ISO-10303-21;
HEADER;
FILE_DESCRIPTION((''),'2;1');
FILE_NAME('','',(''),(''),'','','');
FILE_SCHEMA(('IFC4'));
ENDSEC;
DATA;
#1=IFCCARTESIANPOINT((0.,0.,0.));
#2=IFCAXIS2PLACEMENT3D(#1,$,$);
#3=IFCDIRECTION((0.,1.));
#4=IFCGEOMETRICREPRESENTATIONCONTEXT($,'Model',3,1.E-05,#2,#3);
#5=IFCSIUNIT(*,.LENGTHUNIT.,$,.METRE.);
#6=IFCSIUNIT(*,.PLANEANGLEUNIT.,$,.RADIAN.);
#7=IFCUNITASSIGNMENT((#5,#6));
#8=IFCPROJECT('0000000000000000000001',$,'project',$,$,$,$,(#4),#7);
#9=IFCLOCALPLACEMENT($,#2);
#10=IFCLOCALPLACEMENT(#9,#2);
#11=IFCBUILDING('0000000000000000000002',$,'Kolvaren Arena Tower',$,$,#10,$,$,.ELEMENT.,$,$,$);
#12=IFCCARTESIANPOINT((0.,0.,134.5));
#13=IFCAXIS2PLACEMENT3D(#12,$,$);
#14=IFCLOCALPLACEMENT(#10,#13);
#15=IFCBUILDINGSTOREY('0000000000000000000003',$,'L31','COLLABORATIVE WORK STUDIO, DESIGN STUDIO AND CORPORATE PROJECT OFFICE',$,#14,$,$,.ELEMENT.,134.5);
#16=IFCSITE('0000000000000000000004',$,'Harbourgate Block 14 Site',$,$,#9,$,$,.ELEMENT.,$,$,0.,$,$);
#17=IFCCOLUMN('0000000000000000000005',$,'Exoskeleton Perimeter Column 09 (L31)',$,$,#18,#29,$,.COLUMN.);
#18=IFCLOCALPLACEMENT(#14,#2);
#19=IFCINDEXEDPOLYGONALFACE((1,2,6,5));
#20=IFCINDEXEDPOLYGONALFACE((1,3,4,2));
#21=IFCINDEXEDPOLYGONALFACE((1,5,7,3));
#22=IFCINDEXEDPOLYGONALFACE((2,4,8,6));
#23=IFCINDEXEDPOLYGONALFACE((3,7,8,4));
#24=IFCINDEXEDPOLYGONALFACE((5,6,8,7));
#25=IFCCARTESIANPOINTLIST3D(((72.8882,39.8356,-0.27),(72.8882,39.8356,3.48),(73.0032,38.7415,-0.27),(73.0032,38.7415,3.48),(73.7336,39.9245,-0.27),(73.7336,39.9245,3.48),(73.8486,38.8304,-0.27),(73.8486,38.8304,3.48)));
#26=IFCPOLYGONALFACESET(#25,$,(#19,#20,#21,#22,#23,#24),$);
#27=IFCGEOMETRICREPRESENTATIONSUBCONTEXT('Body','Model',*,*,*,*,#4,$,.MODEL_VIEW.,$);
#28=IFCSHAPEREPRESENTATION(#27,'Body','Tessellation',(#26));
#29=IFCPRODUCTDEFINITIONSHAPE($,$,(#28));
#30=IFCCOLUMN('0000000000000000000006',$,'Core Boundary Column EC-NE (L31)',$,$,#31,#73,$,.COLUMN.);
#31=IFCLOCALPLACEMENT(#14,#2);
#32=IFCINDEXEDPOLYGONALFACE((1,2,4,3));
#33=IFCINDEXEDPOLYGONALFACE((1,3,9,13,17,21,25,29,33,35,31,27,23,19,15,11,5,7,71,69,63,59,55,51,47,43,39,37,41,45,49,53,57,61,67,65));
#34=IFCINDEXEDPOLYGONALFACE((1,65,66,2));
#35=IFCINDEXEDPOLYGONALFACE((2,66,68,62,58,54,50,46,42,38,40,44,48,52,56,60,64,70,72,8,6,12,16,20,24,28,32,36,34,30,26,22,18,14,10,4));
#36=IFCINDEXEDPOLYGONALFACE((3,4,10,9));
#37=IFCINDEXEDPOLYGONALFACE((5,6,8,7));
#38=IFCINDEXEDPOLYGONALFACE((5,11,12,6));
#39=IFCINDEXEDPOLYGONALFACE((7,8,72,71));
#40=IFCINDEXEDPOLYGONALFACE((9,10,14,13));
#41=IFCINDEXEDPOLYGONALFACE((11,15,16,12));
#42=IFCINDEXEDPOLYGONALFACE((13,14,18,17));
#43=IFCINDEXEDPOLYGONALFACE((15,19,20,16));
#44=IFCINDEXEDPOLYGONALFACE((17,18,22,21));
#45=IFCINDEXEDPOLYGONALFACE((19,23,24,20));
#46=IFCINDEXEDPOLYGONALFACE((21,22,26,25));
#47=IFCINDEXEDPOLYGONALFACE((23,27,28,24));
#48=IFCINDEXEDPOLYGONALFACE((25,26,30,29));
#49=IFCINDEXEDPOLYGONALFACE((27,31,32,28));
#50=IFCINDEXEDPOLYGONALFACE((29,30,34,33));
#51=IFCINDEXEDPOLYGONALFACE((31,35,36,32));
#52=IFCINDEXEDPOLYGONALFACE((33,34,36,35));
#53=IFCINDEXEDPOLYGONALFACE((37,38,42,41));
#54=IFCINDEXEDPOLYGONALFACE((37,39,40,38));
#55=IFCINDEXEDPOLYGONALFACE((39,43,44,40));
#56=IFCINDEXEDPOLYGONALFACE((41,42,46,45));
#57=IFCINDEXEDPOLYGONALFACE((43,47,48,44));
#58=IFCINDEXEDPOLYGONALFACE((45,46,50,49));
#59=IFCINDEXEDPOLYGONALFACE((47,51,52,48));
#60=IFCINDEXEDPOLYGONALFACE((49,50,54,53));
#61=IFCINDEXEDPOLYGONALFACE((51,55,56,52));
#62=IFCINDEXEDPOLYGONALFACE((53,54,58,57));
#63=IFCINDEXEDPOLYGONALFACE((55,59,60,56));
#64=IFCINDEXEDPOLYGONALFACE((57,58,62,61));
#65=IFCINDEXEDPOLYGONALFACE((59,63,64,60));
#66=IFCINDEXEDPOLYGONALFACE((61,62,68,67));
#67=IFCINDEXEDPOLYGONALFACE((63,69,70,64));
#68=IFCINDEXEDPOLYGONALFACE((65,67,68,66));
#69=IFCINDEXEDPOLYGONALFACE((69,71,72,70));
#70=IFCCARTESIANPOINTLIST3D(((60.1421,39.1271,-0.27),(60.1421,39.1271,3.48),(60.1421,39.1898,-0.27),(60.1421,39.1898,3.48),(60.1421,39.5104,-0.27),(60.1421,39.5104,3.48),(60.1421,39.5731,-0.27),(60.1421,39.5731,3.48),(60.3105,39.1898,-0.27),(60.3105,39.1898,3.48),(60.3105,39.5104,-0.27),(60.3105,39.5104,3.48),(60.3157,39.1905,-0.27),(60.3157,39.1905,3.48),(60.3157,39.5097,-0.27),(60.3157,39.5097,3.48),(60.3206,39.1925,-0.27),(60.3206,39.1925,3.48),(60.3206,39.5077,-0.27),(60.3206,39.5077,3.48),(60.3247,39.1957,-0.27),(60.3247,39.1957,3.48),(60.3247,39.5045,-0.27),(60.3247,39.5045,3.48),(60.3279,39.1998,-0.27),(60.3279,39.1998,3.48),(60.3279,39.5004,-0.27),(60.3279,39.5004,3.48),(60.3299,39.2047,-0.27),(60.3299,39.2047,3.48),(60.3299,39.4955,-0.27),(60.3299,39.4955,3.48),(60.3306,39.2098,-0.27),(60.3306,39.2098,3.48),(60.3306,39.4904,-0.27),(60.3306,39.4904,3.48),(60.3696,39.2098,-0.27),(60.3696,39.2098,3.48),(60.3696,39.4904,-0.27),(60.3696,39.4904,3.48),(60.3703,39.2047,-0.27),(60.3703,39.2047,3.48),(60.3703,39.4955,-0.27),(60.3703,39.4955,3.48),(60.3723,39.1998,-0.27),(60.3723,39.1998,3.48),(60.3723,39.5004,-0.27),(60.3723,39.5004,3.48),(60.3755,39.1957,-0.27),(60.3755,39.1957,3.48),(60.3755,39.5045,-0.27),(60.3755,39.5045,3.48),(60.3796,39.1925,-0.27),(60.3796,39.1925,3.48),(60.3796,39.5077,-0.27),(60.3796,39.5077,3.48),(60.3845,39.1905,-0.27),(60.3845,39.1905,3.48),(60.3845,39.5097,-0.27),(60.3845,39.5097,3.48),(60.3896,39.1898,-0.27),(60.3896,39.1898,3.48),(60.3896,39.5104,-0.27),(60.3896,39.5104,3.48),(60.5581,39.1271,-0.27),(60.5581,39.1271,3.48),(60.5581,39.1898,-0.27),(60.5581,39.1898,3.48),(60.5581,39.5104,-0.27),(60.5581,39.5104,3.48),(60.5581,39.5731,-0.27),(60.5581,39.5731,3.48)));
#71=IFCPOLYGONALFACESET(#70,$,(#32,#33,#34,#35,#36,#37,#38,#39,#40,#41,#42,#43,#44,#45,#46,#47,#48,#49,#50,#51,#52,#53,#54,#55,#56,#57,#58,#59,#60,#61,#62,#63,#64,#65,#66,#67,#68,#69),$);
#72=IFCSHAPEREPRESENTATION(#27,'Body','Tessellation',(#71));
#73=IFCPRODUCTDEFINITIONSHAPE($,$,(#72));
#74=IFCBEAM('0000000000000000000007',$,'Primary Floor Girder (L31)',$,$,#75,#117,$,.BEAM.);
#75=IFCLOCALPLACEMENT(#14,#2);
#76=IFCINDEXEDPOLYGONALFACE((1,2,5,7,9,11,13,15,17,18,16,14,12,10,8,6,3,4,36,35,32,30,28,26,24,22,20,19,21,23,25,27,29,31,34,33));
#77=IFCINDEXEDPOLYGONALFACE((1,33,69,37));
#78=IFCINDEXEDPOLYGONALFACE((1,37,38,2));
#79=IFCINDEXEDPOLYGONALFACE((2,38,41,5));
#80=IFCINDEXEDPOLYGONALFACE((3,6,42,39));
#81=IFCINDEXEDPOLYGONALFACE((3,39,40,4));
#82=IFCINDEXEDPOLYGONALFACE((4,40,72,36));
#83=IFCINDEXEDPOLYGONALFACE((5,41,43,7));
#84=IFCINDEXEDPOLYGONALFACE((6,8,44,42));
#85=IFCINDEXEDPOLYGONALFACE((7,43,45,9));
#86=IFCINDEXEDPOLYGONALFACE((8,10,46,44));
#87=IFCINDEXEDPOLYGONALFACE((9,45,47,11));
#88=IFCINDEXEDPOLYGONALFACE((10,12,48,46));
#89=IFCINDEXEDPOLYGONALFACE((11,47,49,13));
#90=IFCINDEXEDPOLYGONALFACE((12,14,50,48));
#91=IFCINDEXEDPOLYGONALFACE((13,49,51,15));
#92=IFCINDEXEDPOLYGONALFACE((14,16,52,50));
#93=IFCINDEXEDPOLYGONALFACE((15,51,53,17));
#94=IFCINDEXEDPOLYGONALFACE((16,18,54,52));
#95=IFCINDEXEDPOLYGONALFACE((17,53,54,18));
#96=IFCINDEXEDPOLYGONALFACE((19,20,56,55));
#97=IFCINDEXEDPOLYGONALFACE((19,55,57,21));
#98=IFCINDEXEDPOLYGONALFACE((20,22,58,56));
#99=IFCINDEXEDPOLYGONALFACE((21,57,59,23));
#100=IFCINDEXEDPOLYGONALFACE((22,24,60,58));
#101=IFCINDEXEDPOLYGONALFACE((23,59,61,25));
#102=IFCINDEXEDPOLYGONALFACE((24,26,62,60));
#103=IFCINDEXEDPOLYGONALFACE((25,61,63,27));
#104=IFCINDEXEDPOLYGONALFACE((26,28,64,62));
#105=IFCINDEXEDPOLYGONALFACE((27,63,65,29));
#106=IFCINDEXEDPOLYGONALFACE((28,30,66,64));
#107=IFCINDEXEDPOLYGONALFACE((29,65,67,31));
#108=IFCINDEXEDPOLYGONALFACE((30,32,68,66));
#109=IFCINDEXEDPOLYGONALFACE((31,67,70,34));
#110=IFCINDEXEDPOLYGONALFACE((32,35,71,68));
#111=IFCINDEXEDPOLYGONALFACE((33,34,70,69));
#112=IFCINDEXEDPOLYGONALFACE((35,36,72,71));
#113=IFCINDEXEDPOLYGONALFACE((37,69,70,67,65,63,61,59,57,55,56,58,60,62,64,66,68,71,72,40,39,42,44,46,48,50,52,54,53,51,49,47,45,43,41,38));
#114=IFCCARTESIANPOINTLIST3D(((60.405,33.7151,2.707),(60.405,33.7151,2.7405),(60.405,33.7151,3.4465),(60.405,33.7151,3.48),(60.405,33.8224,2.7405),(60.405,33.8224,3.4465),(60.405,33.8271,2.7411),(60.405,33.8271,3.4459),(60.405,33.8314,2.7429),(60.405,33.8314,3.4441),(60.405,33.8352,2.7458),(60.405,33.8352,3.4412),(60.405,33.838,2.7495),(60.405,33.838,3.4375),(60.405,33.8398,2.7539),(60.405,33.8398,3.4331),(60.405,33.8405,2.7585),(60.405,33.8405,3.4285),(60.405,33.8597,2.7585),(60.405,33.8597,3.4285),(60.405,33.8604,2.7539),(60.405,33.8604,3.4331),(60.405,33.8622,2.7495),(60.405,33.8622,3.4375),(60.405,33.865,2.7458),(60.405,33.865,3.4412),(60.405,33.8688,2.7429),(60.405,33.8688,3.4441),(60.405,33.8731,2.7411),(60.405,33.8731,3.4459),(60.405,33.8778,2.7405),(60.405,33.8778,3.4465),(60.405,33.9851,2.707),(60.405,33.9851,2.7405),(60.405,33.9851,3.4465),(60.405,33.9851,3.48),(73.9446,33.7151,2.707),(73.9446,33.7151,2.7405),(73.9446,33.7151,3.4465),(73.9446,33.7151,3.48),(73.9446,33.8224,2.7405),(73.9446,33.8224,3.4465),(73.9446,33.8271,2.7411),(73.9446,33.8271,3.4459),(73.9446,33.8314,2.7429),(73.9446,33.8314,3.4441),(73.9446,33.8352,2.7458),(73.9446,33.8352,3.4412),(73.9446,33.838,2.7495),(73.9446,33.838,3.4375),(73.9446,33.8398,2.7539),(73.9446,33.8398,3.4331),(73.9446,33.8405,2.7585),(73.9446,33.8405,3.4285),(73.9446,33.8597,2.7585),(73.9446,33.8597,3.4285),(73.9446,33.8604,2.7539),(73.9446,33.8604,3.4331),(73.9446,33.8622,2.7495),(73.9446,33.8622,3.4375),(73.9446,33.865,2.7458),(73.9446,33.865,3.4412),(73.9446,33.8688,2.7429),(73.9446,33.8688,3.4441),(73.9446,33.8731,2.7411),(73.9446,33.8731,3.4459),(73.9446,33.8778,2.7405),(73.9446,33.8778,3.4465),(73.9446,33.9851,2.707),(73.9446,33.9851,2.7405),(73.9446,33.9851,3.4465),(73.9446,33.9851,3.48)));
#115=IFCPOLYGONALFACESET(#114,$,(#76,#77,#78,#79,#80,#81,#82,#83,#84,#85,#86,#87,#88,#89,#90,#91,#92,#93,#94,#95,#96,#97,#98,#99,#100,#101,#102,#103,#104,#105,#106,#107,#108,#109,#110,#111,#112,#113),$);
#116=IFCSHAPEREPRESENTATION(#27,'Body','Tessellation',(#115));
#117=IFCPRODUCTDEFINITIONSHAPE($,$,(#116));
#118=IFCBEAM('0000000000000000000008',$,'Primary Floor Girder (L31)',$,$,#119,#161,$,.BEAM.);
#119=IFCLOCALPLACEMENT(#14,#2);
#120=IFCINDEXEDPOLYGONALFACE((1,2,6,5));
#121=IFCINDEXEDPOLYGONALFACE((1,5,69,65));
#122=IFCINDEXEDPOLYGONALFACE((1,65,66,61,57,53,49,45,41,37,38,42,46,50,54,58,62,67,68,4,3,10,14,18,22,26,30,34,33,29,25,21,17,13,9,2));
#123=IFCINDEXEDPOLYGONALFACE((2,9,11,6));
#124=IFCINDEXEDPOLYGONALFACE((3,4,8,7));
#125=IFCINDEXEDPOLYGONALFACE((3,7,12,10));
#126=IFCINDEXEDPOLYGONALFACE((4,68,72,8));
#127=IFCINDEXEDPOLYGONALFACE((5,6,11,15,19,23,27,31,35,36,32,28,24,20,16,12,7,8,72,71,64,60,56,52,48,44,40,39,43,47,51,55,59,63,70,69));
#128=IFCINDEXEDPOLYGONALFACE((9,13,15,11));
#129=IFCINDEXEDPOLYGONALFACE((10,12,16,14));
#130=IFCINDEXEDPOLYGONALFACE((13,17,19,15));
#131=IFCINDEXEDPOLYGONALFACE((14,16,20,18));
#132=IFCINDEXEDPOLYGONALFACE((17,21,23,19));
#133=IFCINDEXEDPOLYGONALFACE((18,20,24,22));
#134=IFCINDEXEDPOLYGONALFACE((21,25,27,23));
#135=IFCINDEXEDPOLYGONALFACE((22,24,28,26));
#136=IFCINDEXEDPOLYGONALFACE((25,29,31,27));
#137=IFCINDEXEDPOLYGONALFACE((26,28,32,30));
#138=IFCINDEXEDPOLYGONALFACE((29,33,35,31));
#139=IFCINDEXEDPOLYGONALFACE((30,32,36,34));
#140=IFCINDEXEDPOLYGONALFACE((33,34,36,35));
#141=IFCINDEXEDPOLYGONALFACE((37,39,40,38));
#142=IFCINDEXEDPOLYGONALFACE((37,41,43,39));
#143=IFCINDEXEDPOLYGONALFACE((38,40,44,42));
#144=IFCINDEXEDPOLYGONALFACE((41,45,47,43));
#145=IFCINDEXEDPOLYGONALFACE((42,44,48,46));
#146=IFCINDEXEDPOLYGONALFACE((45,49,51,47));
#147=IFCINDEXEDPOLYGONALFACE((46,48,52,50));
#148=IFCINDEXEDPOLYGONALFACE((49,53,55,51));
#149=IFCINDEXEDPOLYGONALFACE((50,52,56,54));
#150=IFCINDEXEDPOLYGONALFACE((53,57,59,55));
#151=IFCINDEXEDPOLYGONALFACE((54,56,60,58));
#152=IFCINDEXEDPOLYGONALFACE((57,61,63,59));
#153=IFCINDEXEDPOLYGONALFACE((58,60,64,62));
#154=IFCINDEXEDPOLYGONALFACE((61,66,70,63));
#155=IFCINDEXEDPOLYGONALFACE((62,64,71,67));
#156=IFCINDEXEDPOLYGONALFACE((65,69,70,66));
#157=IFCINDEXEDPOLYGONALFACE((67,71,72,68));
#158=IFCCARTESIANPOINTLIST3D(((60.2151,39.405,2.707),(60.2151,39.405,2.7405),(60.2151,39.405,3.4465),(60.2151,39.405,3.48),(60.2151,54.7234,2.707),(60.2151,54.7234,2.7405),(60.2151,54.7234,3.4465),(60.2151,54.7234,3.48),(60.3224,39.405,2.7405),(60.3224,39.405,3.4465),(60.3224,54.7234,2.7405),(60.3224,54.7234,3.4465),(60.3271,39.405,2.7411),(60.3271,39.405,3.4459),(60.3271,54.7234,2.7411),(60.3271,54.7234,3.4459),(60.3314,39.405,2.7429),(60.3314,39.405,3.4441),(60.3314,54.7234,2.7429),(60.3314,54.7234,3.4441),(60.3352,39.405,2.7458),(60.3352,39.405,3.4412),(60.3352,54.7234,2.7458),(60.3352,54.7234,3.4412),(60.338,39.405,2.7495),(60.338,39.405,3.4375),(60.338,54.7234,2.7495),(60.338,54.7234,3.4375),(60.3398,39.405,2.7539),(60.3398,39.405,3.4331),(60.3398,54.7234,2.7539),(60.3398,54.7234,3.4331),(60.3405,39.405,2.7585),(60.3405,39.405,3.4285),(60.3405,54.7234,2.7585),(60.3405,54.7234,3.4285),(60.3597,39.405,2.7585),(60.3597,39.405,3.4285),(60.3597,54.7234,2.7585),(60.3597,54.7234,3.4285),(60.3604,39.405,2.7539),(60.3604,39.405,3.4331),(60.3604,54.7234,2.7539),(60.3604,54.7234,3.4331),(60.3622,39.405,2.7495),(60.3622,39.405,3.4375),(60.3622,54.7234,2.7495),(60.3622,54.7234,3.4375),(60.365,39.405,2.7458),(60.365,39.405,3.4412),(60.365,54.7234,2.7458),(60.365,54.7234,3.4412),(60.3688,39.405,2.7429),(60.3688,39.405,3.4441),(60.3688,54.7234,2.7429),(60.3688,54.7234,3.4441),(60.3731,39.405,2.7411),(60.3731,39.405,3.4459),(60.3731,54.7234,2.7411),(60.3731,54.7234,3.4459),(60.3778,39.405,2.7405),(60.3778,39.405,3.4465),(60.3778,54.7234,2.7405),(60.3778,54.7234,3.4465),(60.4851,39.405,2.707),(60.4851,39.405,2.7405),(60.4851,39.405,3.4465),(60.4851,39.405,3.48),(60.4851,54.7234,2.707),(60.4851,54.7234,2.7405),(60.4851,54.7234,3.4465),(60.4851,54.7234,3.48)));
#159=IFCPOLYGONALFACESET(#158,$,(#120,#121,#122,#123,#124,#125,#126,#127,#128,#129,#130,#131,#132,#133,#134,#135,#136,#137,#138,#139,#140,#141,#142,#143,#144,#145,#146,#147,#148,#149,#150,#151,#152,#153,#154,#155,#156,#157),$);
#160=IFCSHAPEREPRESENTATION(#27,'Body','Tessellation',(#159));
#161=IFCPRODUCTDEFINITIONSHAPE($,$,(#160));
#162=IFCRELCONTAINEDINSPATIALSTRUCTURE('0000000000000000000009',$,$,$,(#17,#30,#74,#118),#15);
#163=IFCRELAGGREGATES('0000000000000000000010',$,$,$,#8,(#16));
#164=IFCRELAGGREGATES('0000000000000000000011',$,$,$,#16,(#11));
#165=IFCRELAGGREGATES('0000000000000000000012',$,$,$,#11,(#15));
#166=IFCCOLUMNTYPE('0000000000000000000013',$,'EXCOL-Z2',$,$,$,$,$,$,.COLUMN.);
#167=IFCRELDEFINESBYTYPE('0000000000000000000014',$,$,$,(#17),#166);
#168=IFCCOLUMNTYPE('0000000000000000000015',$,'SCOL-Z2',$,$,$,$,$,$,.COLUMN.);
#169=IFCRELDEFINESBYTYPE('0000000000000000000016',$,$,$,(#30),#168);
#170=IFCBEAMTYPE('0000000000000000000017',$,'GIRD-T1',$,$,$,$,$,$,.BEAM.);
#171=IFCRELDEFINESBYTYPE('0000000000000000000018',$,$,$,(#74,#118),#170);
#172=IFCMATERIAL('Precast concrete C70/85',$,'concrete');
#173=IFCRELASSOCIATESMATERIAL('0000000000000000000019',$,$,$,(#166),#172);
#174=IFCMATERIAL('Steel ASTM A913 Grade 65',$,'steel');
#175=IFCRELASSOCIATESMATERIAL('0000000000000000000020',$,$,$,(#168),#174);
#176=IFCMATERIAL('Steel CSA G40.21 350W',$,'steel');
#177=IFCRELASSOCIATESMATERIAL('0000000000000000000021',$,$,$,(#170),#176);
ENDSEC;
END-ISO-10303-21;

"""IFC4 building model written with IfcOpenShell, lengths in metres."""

from ifc_helpers import new_model, si_unit, direction, frame, origin, origin_2d, place, context, subcontext, project, spatial, rectangle, i_section, extrude, material, material_profile, profile_set, type_object, element, save


model = new_model("IFC4")

# Units and contexts
model_context = context("Model", 3, precision=1e-05, world=origin(), true_north=direction((0.0, 1.0)))
body_context = subcontext(model_context, "Body", "Model", "MODEL_VIEW")
ifc_project = project(units=[si_unit("LENGTHUNIT", "METRE"), si_unit("PLANEANGLEUNIT", "RADIAN")], contexts=[model_context])

# Site, building, storey
site_placement = place(None, origin())
site = spatial("IfcSite", under=ifc_project, at=site_placement, Name="Harbourgate Block 14 Site", CompositionType="ELEMENT", RefElevation=0.0)
building_placement = place(site_placement, origin())
building = spatial("IfcBuilding", under=site, at=building_placement, Name="Kolvaren Arena Tower", CompositionType="ELEMENT")
storey_placement = place(building_placement, frame((0.0, 0.0, 134.5)))
storey = spatial("IfcBuildingStorey", under=building, at=storey_placement, Name="L31", Description="COLLABORATIVE WORK STUDIO, DESIGN STUDIO AND CORPORATE PROJECT OFFICE", CompositionType="ELEMENT", Elevation=134.5)

# Columns
ifc_material_1 = material(Name="Precast concrete C70/85", Category="concrete")
ifc_material_profile_1 = material_profile(ifc_material_1, rectangle(XDim=1.1001, YDim=0.8501, at=origin_2d()), Name="RC-1100x850")
ifc_profile_set_1 = profile_set([ifc_material_profile_1], Name="Precast concrete C70/85")
column_type_1 = type_object("IfcColumnType", Name="EXCOL-Z2", PredefinedType="COLUMN", material=ifc_profile_set_1)
column_1_placement = place(storey_placement, frame((73.3684, 39.333, -0.27), z_axis=(0.0, 0.0, 1.0), x_axis=(-0.104528, 0.994522, 0.0)))
element("IfcColumn", 1, at=column_1_placement, inside=storey, type_object=column_type_1, Name="Exoskeleton Perimeter Column 09 (L31)", PredefinedType="COLUMN", context=body_context, shape_type="SweptSolid", body=[
    extrude(rectangle(XDim=1.1001, YDim=0.8501, at=origin_2d()), origin(), (0.0, 0.0, 1.0), 3.75),
])
ifc_material_2 = material(Name="Steel ASTM A913 Grade 65", Category="steel")
ifc_material_profile_2 = material_profile(ifc_material_2, i_section(OverallWidth=0.416, OverallDepth=0.446, WebThickness=0.0391, FlangeThickness=0.0627, FilletRadius=0.02, at=origin_2d()), Name="W360x509")
ifc_profile_set_2 = profile_set([ifc_material_profile_2], Name="Steel ASTM A913 Grade 65")
column_type_2 = type_object("IfcColumnType", Name="SCOL-Z2", PredefinedType="COLUMN", material=ifc_profile_set_2)
column_2_placement = place(storey_placement, frame((60.3501, 39.3501, -0.27), z_axis=(0.0, 0.0, 1.0), x_axis=(1.0, 0.0, 0.0)))
element("IfcColumn", 2, at=column_2_placement, inside=storey, type_object=column_type_2, Name="Core Boundary Column EC-NE (L31)", PredefinedType="COLUMN", context=body_context, shape_type="SweptSolid", body=[
    extrude(i_section(OverallWidth=0.416, OverallDepth=0.446, WebThickness=0.0391, FlangeThickness=0.0627, FilletRadius=0.02, at=origin_2d()), origin(), (0.0, 0.0, 1.0), 3.75),
])

# Beams
ifc_material_3 = material(Name="Steel CSA G40.21 350W", Category="steel")
ifc_material_profile_3 = material_profile(ifc_material_3, i_section(OverallWidth=0.27, OverallDepth=0.7729, WebThickness=0.0193, FlangeThickness=0.0334, FilletRadius=0.0181, at=origin_2d()), Name="W760x257")
ifc_profile_set_3 = profile_set([ifc_material_profile_3], Name="Steel CSA G40.21 350W")
beam_type_1 = type_object("IfcBeamType", Name="GIRD-T1", PredefinedType="BEAM", material=ifc_profile_set_3)
beam_1_placement = place(storey_placement, frame((60.405, 33.8501, 3.0935), z_axis=(1.0, 0.0, 0.0), x_axis=(0.0, 1.0, 0.0)))
element("IfcBeam", 3, at=beam_1_placement, inside=storey, type_object=beam_type_1, Name="Primary Floor Girder (L31)", PredefinedType="BEAM", context=body_context, shape_type="SweptSolid", body=[
    extrude(i_section(OverallWidth=0.27, OverallDepth=0.7729, WebThickness=0.0193, FlangeThickness=0.0334, FilletRadius=0.0181, at=origin_2d()), origin(), (0.0, 0.0, 1.0), 13.5396),
])
beam_2_placement = place(storey_placement, frame((60.3501, 39.405, 3.0935), z_axis=(0.0, 1.0, 0.0), x_axis=(-1.0, 0.0, 0.0)))
element("IfcBeam", 4, at=beam_2_placement, inside=storey, type_object=beam_type_1, Name="Primary Floor Girder (L31)", PredefinedType="BEAM", context=body_context, shape_type="SweptSolid", body=[
    extrude(i_section(OverallWidth=0.27, OverallDepth=0.7729, WebThickness=0.0193, FlangeThickness=0.0334, FilletRadius=0.0181, at=origin_2d()), origin(), (0.0, 0.0, 1.0), 15.3184),
])

save(model, "model.ifc")
